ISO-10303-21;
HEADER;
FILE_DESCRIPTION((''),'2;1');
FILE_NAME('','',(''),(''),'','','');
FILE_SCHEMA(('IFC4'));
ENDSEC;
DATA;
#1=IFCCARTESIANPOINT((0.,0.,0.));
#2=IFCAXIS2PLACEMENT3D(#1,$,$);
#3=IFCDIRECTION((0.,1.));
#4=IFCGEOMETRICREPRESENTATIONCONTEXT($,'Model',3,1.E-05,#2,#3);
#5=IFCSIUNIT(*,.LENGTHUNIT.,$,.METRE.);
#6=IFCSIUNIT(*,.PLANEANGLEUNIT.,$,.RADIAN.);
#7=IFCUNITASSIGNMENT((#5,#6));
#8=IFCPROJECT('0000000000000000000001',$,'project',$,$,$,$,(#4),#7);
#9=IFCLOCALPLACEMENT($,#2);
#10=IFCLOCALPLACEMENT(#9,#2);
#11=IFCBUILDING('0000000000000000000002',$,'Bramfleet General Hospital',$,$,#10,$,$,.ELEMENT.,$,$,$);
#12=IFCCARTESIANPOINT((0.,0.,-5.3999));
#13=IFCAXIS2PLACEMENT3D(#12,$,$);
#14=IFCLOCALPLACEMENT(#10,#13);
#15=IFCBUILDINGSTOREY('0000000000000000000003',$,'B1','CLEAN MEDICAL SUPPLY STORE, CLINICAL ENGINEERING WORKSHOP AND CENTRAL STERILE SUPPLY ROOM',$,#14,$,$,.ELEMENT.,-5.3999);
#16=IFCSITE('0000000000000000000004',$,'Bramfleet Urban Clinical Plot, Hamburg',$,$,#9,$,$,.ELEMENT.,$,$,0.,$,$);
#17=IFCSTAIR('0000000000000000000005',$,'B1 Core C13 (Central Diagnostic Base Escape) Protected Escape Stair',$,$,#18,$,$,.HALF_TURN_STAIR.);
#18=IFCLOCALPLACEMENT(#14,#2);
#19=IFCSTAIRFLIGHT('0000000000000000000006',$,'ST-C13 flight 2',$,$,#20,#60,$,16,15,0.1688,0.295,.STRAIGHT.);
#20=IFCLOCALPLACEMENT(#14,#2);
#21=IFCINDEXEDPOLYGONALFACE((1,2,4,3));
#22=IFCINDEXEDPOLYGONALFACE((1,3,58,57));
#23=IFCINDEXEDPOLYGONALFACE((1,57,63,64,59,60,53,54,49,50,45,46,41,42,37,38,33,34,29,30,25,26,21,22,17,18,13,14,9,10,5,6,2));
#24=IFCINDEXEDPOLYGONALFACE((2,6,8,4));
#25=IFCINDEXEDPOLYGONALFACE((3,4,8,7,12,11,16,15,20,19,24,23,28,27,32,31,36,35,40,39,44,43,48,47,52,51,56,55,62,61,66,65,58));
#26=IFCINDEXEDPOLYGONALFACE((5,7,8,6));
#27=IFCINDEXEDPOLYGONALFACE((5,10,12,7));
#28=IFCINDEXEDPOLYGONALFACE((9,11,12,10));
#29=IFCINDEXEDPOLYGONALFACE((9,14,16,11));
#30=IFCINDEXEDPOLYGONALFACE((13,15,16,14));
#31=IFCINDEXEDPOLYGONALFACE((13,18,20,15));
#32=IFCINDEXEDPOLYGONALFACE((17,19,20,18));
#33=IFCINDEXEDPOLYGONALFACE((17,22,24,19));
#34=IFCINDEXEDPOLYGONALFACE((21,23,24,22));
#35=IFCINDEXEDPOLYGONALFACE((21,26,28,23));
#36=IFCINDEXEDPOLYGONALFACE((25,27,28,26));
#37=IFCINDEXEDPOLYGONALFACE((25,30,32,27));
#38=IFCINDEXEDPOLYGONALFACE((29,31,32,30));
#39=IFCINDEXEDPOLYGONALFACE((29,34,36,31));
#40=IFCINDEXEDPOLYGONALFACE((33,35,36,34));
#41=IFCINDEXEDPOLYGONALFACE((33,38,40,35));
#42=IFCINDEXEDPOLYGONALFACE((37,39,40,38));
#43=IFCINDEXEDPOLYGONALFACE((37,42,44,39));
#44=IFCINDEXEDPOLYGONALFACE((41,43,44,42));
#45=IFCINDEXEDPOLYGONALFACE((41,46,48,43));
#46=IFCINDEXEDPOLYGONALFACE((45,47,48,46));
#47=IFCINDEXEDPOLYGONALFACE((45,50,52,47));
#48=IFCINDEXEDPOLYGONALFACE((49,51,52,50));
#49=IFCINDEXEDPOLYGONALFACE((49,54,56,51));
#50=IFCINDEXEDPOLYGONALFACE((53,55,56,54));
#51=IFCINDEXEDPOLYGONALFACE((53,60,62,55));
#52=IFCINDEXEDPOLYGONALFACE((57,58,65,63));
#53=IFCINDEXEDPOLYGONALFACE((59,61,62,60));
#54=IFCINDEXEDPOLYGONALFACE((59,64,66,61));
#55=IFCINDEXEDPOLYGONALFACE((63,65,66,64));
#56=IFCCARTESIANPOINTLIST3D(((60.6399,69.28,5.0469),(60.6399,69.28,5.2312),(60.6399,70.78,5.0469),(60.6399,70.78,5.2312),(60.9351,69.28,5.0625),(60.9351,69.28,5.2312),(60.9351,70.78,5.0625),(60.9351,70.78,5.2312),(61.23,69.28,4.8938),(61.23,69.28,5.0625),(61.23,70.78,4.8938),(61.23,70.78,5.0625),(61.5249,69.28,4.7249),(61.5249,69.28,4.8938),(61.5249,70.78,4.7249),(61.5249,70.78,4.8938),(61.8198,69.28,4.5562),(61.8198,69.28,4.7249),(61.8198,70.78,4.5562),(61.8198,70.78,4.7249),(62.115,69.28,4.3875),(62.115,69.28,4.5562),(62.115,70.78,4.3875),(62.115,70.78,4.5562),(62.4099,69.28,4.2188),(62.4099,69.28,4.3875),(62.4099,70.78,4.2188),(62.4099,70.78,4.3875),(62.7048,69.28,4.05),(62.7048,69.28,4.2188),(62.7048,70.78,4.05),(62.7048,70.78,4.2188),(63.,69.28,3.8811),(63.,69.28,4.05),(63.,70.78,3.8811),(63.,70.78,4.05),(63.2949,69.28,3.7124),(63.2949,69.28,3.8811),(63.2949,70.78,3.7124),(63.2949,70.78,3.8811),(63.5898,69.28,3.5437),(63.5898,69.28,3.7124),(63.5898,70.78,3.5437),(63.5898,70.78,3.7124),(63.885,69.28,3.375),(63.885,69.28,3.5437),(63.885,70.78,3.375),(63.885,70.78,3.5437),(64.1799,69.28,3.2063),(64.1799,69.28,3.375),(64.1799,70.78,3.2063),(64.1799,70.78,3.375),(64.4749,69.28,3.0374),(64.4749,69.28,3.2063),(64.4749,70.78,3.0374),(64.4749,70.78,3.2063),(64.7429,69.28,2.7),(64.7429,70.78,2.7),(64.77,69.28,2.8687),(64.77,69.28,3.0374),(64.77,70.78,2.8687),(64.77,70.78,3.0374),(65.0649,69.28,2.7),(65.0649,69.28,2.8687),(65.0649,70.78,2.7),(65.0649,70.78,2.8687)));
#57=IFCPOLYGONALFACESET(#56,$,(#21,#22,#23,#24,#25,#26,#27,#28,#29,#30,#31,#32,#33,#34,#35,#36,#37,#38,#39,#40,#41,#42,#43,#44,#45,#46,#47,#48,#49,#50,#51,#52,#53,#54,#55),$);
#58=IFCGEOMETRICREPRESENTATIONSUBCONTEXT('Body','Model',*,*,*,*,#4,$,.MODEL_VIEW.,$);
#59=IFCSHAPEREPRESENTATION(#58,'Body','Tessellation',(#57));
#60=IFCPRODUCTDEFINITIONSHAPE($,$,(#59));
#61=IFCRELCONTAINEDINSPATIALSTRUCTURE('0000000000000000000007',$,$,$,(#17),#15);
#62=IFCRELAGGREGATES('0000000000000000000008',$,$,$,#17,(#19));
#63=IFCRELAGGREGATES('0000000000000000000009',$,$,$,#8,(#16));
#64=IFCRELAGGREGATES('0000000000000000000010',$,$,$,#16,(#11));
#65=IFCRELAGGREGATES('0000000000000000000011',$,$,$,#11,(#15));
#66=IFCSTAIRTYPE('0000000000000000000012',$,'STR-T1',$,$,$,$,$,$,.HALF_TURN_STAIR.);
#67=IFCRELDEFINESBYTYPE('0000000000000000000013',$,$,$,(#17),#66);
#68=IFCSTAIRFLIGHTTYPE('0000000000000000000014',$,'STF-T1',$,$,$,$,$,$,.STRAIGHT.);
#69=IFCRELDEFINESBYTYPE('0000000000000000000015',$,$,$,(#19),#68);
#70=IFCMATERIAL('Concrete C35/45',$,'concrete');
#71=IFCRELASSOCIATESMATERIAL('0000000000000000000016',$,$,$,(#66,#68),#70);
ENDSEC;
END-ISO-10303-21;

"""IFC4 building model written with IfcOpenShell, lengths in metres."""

from ifc_helpers import new_model, si_unit, direction, frame, origin, place, context, subcontext, project, spatial, polyline, outline, extrude, material, type_object, element, aggregate, save


model = new_model("IFC4")

# Units and contexts
model_context = context("Model", 3, precision=1e-05, world=origin(), true_north=direction((0.0, 1.0)))
body_context = subcontext(model_context, "Body", "Model", "MODEL_VIEW")
ifc_project = project(units=[si_unit("LENGTHUNIT", "METRE"), si_unit("PLANEANGLEUNIT", "RADIAN")], contexts=[model_context])

# Site, building, storey
site_placement = place(None, origin())
site = spatial("IfcSite", under=ifc_project, at=site_placement, Name="Bramfleet Urban Clinical Plot, Hamburg", CompositionType="ELEMENT", RefElevation=0.0)
building_placement = place(site_placement, origin())
building = spatial("IfcBuilding", under=site, at=building_placement, Name="Bramfleet General Hospital", CompositionType="ELEMENT")
storey_placement = place(building_placement, frame((0.0, 0.0, -5.3999)))
storey = spatial("IfcBuildingStorey", under=building, at=storey_placement, Name="B1", Description="CLEAN MEDICAL SUPPLY STORE, CLINICAL ENGINEERING WORKSHOP AND CENTRAL STERILE SUPPLY ROOM", CompositionType="ELEMENT", Elevation=-5.3999)

# Shared definitions
ifc_material_1 = material(Name="Concrete C35/45", Category="concrete")

# Stair, stair flight
stair_type = type_object("IfcStairType", Name="STR-T1", PredefinedType="HALF_TURN_STAIR", material=ifc_material_1)
stair_placement = place(storey_placement, origin())
stair = element("IfcStair", 1, at=stair_placement, inside=storey, type_object=stair_type, Name="B1 Core C13 (Central Diagnostic Base Escape) Protected Escape Stair", PredefinedType="HALF_TURN_STAIR")
stair_flight_type = type_object("IfcStairFlightType", Name="STF-T1", PredefinedType="STRAIGHT", material=ifc_material_1)
stair_flight_1_placement = place(storey_placement, frame((65.0649, 70.03, 2.7), z_axis=(0.0, 0.0, 1.0), x_axis=(-1.0, 0.0, 0.0)))
stair_flight_1 = element("IfcStairFlight", 2, at=stair_flight_1_placement, type_object=stair_flight_type, Name="ST-C13 flight 2", NumberOfRisers=16, NumberOfTreads=15, PredefinedType="STRAIGHT", RiserHeight=0.1688, TreadLength=0.295, context=body_context, shape_type="SweptSolid", body=[
    extrude(outline(polyline([(0.0, 0.0), (0.0, 0.1687), (0.2949, 0.1687), (0.2949, 0.3374), (0.5901, 0.3374), (0.5901, 0.5063), (0.885, 0.5063), (0.885, 0.675), (1.1799, 0.675), (1.1799, 0.8438), (1.4751, 0.8438), (1.4751, 1.0125), (1.77, 1.0125), (1.77, 1.1812), (2.0649, 1.1812), (2.0649, 1.3501), (2.3601, 1.3501), (2.3601, 1.5188), (2.655, 1.5188), (2.655, 1.6875), (2.95, 1.6875), (2.95, 1.8562), (3.2451, 1.8562), (3.2451, 2.0249), (3.54, 2.0249), (3.54, 2.1938), (3.835, 2.1938), (3.835, 2.3625), (4.1299, 2.3625), (4.1299, 2.5312), (4.425, 2.5312), (4.425, 2.7), (4.425, 2.3469), (0.322, 0.0), (0.0, 0.0)])), frame((0.0, 0.75, 0.0), z_axis=(0.0, -1.0, 0.0), x_axis=(1.0, 0.0, 0.0)), (0.0, 0.0, 1.0), 1.5),
])
aggregate(stair, [stair_flight_1])

save(model, "model.ifc")
